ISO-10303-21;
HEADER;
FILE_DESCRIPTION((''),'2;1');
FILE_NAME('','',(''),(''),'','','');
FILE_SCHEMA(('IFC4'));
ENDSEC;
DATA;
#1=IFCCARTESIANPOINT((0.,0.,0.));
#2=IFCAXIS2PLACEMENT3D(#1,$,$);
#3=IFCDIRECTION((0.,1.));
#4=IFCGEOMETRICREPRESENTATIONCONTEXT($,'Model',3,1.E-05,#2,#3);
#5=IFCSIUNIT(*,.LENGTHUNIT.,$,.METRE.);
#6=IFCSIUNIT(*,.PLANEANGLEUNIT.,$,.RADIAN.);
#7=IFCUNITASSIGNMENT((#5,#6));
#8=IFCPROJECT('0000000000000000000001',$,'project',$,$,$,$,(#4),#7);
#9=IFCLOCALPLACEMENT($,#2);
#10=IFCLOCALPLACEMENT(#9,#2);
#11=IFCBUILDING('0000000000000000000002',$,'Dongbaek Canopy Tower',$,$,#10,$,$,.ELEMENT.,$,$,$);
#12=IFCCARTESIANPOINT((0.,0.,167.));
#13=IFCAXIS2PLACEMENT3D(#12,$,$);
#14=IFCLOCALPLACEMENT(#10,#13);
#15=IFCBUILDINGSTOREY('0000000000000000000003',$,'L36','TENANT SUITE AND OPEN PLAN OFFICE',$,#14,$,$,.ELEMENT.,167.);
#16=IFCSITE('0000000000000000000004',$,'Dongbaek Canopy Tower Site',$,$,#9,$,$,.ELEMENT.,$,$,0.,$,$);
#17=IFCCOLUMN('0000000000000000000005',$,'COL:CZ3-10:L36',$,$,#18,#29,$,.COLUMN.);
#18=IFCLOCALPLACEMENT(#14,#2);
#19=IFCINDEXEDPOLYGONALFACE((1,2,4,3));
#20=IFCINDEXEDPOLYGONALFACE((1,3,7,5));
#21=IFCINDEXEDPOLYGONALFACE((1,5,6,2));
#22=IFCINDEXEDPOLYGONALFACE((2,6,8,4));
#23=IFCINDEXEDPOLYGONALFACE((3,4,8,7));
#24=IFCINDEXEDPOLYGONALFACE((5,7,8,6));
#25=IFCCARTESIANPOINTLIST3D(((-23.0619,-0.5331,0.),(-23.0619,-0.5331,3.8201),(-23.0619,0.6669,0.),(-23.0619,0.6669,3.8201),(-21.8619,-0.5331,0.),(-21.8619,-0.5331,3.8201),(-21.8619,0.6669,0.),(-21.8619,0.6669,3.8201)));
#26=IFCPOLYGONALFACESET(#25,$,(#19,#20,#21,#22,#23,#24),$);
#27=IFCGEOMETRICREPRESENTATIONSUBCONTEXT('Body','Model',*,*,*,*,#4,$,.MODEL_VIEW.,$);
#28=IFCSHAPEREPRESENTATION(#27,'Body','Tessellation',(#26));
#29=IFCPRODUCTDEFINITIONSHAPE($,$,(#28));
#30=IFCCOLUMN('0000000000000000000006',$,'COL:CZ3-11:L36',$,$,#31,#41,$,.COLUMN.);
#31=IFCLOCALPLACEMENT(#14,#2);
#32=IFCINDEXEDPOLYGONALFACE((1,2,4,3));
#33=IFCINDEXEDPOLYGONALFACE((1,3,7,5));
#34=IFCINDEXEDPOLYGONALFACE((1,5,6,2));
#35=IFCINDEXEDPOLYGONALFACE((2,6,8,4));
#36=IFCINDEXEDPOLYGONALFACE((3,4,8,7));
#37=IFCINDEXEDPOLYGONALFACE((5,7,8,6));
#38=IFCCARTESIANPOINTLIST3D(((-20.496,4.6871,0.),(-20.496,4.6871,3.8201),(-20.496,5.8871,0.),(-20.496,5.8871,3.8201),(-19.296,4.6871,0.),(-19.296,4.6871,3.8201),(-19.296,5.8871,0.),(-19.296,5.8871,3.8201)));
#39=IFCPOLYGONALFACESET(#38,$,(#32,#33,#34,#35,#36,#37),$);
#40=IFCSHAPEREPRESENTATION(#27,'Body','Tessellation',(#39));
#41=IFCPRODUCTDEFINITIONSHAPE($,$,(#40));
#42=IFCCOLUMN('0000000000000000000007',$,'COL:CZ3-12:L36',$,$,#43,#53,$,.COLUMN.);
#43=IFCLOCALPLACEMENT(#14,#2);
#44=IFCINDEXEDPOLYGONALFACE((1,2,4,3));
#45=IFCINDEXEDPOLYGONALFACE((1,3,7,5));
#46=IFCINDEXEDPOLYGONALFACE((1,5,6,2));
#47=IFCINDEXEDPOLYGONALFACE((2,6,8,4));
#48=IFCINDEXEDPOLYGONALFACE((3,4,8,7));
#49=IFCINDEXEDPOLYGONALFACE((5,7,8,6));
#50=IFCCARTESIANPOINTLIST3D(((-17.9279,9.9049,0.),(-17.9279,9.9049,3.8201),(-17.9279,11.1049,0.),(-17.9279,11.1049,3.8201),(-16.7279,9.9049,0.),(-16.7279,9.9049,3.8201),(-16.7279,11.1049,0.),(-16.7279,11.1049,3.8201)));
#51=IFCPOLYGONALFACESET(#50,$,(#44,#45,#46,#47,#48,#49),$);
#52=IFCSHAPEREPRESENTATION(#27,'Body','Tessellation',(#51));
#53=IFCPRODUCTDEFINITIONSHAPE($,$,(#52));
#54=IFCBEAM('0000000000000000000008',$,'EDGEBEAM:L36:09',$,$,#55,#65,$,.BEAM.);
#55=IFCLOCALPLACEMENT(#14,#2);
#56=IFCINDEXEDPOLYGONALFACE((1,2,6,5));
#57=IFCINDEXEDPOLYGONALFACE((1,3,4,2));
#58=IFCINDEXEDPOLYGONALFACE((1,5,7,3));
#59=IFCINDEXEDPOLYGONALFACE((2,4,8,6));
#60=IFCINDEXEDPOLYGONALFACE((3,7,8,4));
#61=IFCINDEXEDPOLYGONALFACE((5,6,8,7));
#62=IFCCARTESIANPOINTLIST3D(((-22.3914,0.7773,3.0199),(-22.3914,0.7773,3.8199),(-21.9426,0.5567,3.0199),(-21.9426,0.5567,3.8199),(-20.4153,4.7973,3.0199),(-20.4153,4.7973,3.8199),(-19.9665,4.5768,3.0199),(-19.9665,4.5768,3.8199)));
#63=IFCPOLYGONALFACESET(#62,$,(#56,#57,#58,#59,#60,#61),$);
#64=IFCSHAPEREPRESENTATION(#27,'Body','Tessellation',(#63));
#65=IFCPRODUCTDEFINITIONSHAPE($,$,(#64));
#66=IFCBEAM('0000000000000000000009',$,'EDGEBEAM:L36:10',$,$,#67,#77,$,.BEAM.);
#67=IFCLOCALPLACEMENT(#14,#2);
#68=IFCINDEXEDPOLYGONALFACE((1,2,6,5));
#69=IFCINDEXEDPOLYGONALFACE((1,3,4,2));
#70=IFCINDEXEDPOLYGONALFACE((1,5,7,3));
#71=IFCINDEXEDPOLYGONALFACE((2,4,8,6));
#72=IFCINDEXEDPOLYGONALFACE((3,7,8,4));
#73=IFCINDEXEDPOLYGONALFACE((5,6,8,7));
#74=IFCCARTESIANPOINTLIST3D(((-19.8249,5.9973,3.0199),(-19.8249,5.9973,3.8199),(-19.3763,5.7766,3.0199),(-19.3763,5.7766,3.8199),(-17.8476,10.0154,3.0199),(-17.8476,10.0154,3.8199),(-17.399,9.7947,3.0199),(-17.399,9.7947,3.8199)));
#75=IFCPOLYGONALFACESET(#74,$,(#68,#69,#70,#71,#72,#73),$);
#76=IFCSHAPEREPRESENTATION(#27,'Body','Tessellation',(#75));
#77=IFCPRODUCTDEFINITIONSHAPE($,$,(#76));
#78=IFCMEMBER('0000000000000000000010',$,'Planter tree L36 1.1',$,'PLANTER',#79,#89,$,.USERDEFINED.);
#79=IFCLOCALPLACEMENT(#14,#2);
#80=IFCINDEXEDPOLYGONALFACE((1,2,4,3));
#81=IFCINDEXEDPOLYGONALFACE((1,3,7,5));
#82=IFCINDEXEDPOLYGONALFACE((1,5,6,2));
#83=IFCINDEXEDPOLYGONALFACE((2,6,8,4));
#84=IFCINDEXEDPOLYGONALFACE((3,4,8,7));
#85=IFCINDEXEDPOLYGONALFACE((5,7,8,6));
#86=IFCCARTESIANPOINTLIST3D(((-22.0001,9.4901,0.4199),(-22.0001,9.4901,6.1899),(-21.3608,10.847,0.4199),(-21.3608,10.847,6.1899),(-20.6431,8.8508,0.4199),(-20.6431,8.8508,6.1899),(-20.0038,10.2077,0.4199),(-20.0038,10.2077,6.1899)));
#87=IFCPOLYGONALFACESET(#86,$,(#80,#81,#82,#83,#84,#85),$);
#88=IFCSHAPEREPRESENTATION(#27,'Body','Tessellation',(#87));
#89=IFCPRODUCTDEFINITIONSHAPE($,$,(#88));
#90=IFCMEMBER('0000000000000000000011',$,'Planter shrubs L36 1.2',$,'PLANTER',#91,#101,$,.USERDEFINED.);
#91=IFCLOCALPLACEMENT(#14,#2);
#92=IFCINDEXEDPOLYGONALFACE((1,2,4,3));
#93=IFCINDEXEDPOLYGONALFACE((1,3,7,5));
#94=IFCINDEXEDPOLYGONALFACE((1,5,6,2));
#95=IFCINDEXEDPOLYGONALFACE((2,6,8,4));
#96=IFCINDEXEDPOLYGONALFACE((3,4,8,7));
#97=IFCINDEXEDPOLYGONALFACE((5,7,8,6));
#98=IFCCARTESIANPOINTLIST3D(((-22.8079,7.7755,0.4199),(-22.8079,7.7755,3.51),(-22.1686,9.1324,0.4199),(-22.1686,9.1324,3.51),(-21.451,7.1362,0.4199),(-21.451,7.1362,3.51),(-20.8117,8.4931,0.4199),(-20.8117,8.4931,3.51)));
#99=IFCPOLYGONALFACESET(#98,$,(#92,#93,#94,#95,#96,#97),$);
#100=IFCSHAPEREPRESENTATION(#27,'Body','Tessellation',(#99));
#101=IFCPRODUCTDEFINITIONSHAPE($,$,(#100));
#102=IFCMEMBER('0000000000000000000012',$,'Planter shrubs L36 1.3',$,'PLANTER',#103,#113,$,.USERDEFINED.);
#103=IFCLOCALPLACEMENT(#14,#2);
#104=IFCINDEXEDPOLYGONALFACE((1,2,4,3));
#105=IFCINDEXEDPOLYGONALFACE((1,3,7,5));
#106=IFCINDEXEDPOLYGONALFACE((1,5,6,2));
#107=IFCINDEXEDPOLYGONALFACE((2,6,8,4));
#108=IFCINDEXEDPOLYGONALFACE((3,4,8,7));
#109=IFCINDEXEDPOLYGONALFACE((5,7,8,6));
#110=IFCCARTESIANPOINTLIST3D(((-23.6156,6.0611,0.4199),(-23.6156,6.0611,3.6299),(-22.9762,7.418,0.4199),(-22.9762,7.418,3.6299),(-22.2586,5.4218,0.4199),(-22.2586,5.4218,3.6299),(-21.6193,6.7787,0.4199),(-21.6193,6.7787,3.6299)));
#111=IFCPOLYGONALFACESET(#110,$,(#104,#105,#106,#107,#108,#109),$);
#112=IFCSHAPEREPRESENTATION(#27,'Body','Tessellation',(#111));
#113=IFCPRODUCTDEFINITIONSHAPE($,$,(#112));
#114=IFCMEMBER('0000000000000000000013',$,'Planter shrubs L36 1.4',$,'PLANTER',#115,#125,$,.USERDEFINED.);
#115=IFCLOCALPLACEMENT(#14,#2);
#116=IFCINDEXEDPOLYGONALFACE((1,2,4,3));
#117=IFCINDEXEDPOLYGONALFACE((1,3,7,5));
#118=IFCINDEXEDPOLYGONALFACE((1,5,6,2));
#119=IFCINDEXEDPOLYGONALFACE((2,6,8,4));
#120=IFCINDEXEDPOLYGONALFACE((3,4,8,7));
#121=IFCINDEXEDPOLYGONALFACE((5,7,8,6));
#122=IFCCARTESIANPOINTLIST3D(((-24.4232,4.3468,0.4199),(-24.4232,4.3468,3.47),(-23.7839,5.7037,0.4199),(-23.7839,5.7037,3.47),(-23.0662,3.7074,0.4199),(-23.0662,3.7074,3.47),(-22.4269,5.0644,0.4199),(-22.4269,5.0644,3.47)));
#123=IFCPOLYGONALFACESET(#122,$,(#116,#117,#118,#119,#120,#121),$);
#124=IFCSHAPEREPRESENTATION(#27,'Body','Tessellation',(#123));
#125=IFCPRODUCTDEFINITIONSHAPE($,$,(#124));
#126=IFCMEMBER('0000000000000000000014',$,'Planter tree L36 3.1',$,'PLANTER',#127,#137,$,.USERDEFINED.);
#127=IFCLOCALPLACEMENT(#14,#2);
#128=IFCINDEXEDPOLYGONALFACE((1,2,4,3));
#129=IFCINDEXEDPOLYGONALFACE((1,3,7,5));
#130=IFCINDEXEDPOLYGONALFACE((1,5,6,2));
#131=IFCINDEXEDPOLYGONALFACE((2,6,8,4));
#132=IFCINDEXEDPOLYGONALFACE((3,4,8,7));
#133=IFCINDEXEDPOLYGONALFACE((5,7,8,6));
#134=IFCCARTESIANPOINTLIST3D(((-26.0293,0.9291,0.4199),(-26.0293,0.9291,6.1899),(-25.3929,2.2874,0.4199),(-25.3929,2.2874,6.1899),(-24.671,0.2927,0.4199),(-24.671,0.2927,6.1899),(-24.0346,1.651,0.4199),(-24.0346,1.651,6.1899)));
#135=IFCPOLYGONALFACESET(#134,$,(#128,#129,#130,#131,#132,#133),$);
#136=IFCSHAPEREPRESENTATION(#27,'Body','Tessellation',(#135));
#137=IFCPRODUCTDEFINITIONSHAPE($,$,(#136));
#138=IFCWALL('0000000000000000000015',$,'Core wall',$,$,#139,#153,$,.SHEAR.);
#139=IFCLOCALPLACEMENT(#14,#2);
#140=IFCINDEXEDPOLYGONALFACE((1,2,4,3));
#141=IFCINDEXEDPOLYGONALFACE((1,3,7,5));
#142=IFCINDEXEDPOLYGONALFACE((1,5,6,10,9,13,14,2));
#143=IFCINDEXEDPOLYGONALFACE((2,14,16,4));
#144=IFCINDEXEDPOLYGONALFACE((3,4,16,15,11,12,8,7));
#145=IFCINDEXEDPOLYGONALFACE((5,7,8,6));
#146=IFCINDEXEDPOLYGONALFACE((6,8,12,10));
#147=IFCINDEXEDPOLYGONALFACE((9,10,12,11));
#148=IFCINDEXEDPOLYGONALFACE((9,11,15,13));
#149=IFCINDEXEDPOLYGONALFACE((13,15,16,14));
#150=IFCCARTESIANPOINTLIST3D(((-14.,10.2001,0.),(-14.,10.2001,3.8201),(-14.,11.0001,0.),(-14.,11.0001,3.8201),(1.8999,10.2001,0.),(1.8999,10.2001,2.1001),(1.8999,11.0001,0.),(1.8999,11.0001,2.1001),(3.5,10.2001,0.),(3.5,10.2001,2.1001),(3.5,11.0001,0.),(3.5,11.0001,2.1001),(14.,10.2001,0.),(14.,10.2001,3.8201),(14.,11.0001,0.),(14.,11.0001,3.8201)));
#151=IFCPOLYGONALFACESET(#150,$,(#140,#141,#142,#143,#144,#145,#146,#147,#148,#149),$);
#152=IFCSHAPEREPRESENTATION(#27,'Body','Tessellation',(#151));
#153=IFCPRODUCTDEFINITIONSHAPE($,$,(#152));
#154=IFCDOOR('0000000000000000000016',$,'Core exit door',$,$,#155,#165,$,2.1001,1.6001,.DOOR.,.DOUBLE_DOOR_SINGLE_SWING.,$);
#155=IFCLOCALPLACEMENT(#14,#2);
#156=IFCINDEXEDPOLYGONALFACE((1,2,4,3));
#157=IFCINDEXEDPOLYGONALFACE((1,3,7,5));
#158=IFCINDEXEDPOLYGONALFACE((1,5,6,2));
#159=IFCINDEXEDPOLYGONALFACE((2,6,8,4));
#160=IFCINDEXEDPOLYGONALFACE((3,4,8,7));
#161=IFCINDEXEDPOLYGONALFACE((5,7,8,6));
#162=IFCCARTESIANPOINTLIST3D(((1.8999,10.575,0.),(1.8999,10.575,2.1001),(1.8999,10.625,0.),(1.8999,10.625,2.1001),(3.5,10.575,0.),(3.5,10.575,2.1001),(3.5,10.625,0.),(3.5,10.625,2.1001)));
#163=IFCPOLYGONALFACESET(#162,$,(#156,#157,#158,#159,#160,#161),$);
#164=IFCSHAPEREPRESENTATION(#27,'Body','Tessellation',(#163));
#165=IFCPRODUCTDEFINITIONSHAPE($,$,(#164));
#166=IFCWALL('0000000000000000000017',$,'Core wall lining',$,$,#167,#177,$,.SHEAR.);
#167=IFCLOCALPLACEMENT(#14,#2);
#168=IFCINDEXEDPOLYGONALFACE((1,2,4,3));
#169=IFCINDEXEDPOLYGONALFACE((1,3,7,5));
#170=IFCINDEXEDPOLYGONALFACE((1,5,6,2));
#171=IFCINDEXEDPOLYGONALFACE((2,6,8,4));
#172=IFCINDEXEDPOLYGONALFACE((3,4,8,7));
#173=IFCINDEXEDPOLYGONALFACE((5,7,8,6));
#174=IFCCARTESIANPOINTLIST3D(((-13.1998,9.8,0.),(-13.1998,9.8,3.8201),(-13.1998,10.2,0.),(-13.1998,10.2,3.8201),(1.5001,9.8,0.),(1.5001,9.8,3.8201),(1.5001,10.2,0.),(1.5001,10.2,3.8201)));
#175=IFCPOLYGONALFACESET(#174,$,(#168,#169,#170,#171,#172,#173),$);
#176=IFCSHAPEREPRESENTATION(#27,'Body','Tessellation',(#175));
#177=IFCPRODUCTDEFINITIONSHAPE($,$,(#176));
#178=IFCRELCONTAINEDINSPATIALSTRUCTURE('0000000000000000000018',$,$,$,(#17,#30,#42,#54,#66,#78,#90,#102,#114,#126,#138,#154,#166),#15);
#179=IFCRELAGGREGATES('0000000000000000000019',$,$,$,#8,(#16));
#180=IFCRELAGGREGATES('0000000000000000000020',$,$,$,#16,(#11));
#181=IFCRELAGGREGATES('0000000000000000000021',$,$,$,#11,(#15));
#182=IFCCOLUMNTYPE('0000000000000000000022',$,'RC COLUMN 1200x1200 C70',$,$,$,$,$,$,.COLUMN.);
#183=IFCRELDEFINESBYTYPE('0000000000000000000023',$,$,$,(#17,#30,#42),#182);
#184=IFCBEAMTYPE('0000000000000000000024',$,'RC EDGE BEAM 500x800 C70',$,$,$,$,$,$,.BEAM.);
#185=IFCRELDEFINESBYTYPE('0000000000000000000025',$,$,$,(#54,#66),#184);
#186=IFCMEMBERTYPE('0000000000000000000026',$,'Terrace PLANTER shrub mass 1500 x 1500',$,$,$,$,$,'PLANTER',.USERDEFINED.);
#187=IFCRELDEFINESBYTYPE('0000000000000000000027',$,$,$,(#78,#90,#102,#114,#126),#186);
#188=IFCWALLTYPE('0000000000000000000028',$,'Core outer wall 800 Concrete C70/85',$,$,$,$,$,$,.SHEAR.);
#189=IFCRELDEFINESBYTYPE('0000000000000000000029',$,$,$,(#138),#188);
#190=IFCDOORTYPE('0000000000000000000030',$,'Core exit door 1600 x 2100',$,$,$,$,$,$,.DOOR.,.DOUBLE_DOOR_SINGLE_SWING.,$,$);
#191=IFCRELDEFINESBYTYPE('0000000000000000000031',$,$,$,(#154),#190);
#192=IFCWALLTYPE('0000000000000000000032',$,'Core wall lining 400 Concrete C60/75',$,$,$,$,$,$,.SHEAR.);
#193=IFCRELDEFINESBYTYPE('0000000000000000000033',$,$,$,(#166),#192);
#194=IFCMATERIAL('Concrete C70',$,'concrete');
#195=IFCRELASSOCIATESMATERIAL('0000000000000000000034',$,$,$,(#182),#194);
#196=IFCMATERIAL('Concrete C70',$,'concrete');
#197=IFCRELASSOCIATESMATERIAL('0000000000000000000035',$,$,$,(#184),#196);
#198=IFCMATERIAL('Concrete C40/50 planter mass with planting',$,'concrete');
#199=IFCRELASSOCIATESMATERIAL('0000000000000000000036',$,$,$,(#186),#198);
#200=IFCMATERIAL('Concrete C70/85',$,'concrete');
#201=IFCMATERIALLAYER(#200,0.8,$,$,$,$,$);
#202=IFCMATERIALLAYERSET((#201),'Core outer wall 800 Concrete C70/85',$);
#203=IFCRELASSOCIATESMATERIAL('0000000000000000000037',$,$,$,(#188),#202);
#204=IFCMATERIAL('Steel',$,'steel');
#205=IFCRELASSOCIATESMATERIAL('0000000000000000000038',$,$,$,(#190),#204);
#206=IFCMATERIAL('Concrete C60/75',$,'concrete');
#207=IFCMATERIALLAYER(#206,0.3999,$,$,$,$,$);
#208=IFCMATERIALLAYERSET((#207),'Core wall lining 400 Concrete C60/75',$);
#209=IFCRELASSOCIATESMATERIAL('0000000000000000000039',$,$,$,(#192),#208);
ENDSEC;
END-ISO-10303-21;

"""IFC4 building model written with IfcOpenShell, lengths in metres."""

from ifc_helpers import new_model, si_unit, direction, frame, frame_2d, origin, origin_2d, place, context, subcontext, project, spatial, rectangle, extrude, material, layer, layer_set, material_profile, profile_set, type_object, element, fill, save


model = new_model("IFC4")

# Units and contexts
model_context = context("Model", 3, precision=1e-05, world=origin(), true_north=direction((0.0, 1.0)))
body_context = subcontext(model_context, "Body", "Model", "MODEL_VIEW")
ifc_project = project(units=[si_unit("LENGTHUNIT", "METRE"), si_unit("PLANEANGLEUNIT", "RADIAN")], contexts=[model_context])

# Site, building, storey
site_placement = place(None, origin())
site = spatial("IfcSite", under=ifc_project, at=site_placement, Name="Dongbaek Canopy Tower Site", CompositionType="ELEMENT", RefElevation=0.0)
building_placement = place(site_placement, origin())
building = spatial("IfcBuilding", under=site, at=building_placement, Name="Dongbaek Canopy Tower", CompositionType="ELEMENT")
storey_placement = place(building_placement, frame((0.0, 0.0, 167.0)))
storey = spatial("IfcBuildingStorey", under=building, at=storey_placement, Name="L36", Description="TENANT SUITE AND OPEN PLAN OFFICE", CompositionType="ELEMENT", Elevation=167.0)

# Columns
ifc_material_1 = material(Name="Concrete C70", Category="concrete")
ifc_material_profile_1 = material_profile(ifc_material_1, rectangle(XDim=1.2, YDim=1.2, at=origin_2d()), Name="RC COLUMN 1200x1200 C70")
ifc_profile_set_1 = profile_set([ifc_material_profile_1], Name="Concrete C70")
column_type = type_object("IfcColumnType", Name="RC COLUMN 1200x1200 C70", PredefinedType="COLUMN", material=ifc_profile_set_1)
for number, where, z_axis, x_axis, name in (
    (1, (-22.4619, 0.0669, 0.0), (0.0, 0.0, 1.0), (1.0, 0.0, 0.0), "COL:CZ3-10:L36"),
    (2, (-19.896, 5.2871, 0.0), (0.0, 0.0, 1.0), (1.0, 0.0, 0.0), "COL:CZ3-11:L36"),
    (3, (-17.3279, 10.5049, 0.0), (0.0, 0.0, 1.0), (1.0, 0.0, 0.0), "COL:CZ3-12:L36"),
):
    element("IfcColumn", number, at=place(storey_placement, frame(where, z_axis=z_axis, x_axis=x_axis)), inside=storey, type_object=column_type, Name=name, PredefinedType="COLUMN", context=body_context, shape_type="SweptSolid", body=[
        extrude(rectangle(XDim=1.2, YDim=1.2, at=origin_2d()), origin(), (0.0, 0.0, 1.0), 3.8201),
    ])

# Beams
ifc_material_2 = material(Name="Concrete C70", Category="concrete")
ifc_material_profile_2 = material_profile(ifc_material_2, rectangle(XDim=0.5, YDim=0.8, at=origin_2d()), Name="RC EDGE BEAM 500x800 C70")
ifc_profile_set_2 = profile_set([ifc_material_profile_2], Name="Concrete C70")
beam_type = type_object("IfcBeamType", Name="RC EDGE BEAM 500x800 C70", PredefinedType="BEAM", material=ifc_profile_set_2)
beam_1_placement = place(storey_placement, frame((-22.167, 0.667, 3.4199), z_axis=(0.441143, 0.897437, 0.0), x_axis=(-0.897437, 0.441143, 0.0)))
element("IfcBeam", 4, at=beam_1_placement, inside=storey, type_object=beam_type, Name="EDGEBEAM:L36:09", PredefinedType="BEAM", context=body_context, shape_type="SweptSolid", body=[
    extrude(rectangle(XDim=0.5, YDim=0.8, at=origin_2d()), origin(), (0.0, 0.0, 1.0), 4.4795),
])
beam_2_placement = place(storey_placement, frame((-19.6006, 5.887, 3.4199), z_axis=(0.441535, 0.897244, 0.0), x_axis=(-0.897244, 0.441535, 0.0)))
element("IfcBeam", 5, at=beam_2_placement, inside=storey, type_object=beam_type, Name="EDGEBEAM:L36:10", PredefinedType="BEAM", context=body_context, shape_type="SweptSolid", body=[
    extrude(rectangle(XDim=0.5, YDim=0.8, at=origin_2d()), origin(), (0.0, 0.0, 1.0), 4.4783),
])

# Members
ifc_material_3 = material(Name="Concrete C40/50 planter mass with planting", Category="concrete")
ifc_material_profile_3 = material_profile(ifc_material_3, rectangle(XDim=1.5, YDim=1.5, at=origin_2d()), Name="Terrace PLANTER shrub mass 1500 x 1500")
ifc_profile_set_3 = profile_set([ifc_material_profile_3], Name="Concrete C40/50 planter mass with planting")
member_type = type_object("IfcMemberType", Name="Terrace PLANTER shrub mass 1500 x 1500", ElementType="PLANTER", PredefinedType="USERDEFINED", material=ifc_profile_set_3)
member_1_placement = place(storey_placement, frame((-21.002, 9.8489, 0.4199), z_axis=(0.0, 0.0, 1.0), x_axis=(-0.904626, 0.426207, 0.0)))
element("IfcMember", 6, at=member_1_placement, inside=storey, type_object=member_type, Name="Planter tree L36 1.1", ObjectType="PLANTER", PredefinedType="USERDEFINED", context=body_context, shape_type="SweptSolid", body=[
    extrude(rectangle(XDim=1.5, YDim=1.5, at=origin_2d()), origin(), (0.0, 0.0, 1.0), 5.77),
])
member_2_placement = place(storey_placement, frame((-21.8098, 8.1343, 0.4199), z_axis=(0.0, 0.0, 1.0), x_axis=(-0.904626, 0.426207, 0.0)))
element("IfcMember", 7, at=member_2_placement, inside=storey, type_object=member_type, Name="Planter shrubs L36 1.2", ObjectType="PLANTER", PredefinedType="USERDEFINED", context=body_context, shape_type="SweptSolid", body=[
    extrude(rectangle(XDim=1.5, YDim=1.5, at=origin_2d()), origin(), (0.0, 0.0, 1.0), 3.0901),
])
member_3_placement = place(storey_placement, frame((-22.6174, 6.4199, 0.4199), z_axis=(0.0, 0.0, 1.0), x_axis=(-0.904626, 0.426207, 0.0)))
element("IfcMember", 8, at=member_3_placement, inside=storey, type_object=member_type, Name="Planter shrubs L36 1.3", ObjectType="PLANTER", PredefinedType="USERDEFINED", context=body_context, shape_type="SweptSolid", body=[
    extrude(rectangle(XDim=1.5, YDim=1.5, at=origin_2d()), origin(), (0.0, 0.0, 1.0), 3.21),
])
member_4_placement = place(storey_placement, frame((-23.425, 4.7056, 0.4199), z_axis=(0.0, 0.0, 1.0), x_axis=(-0.904626, 0.426207, 0.0)))
element("IfcMember", 9, at=member_4_placement, inside=storey, type_object=member_type, Name="Planter shrubs L36 1.4", ObjectType="PLANTER", PredefinedType="USERDEFINED", context=body_context, shape_type="SweptSolid", body=[
    extrude(rectangle(XDim=1.5, YDim=1.5, at=origin_2d()), origin(), (0.0, 0.0, 1.0), 3.05),
])
member_5_placement = place(storey_placement, frame((-25.032, 1.29, 0.4199), z_axis=(0.0, 0.0, 1.0), x_axis=(-0.905534, 0.424273, 0.0)))
element("IfcMember", 10, at=member_5_placement, inside=storey, type_object=member_type, Name="Planter tree L36 3.1", ObjectType="PLANTER", PredefinedType="USERDEFINED", context=body_context, shape_type="SweptSolid", body=[
    extrude(rectangle(XDim=1.5, YDim=1.5, at=origin_2d()), origin(), (0.0, 0.0, 1.0), 5.77),
])

# Wall, opening, door
ifc_material_4 = material(Name="Concrete C70/85", Category="concrete")
ifc_layer_1 = layer(ifc_material_4, 0.8)
ifc_layer_set_1 = layer_set([ifc_layer_1], Name="Core outer wall 800 Concrete C70/85")
wall_type_1 = type_object("IfcWallType", Name="Core outer wall 800 Concrete C70/85", PredefinedType="SHEAR", material=ifc_layer_set_1)
wall_1_placement = place(storey_placement, frame((-14.0, 10.6001, 0.0), z_axis=(0.0, 0.0, 1.0), x_axis=(1.0, 0.0, 0.0)))
wall_1 = element("IfcWall", 11, at=wall_1_placement, inside=storey, type_object=wall_type_1, Name="Core wall", PredefinedType="SHEAR", context=body_context, shape_type="SweptSolid", body=[
    extrude(rectangle(XDim=28.0, YDim=0.8, at=frame_2d((14.0, 0.0))), origin(), (0.0, 0.0, 1.0), 3.8201),
])
opening_1_placement = place(wall_1_placement, frame((15.8999, 0.0, 0.0)))
opening_1 = element("IfcOpeningElement", 12, at=opening_1_placement, cuts=wall_1, PredefinedType="OPENING", context=body_context, shape_type="SweptSolid", body=[
    extrude(rectangle(XDim=1.6001, YDim=2.1001, at=frame_2d((0.8, 1.05))), frame((0.0, 0.4099, 0.0), z_axis=(0.0, -1.0, 0.0), x_axis=(1.0, 0.0, 0.0)), (0.0, 0.0, 1.0), 0.8201),
])
ifc_material_5 = material(Name="Steel", Category="steel")
door_type_1 = type_object("IfcDoorType", Name="Core exit door 1600 x 2100", OperationType="DOUBLE_DOOR_SINGLE_SWING", PredefinedType="DOOR", material=ifc_material_5)
door_1_placement = place(opening_1_placement, origin())
door_1 = element("IfcDoor", 13, at=door_1_placement, inside=storey, type_object=door_type_1, Name="Core exit door", OperationType="DOUBLE_DOOR_SINGLE_SWING", OverallHeight=2.1001, OverallWidth=1.6001, PredefinedType="DOOR", context=body_context, shape_type="SweptSolid", body=[
    extrude(rectangle(XDim=1.6001, YDim=2.1001, at=frame_2d((0.8, 1.05))), frame((0.0, 0.0249, 0.0), z_axis=(0.0, -1.0, 0.0), x_axis=(1.0, 0.0, 0.0)), (0.0, 0.0, 1.0), 0.05),
])
fill(opening_1, door_1)

# Wall
ifc_material_6 = material(Name="Concrete C60/75", Category="concrete")
ifc_layer_2 = layer(ifc_material_6, 0.3999)
ifc_layer_set_2 = layer_set([ifc_layer_2], Name="Core wall lining 400 Concrete C60/75")
wall_type_2 = type_object("IfcWallType", Name="Core wall lining 400 Concrete C60/75", PredefinedType="SHEAR", material=ifc_layer_set_2)
wall_2_placement = place(storey_placement, frame((-13.2, 10.0, 0.0), z_axis=(0.0, 0.0, 1.0), x_axis=(1.0, 0.0, 0.0)))
element("IfcWall", 14, at=wall_2_placement, inside=storey, type_object=wall_type_2, Name="Core wall lining", PredefinedType="SHEAR", context=body_context, shape_type="SweptSolid", body=[
    extrude(rectangle(XDim=14.7, YDim=0.3999, at=frame_2d((7.3501, 0.0))), origin(), (0.0, 0.0, 1.0), 3.8201),
])

save(model, "model.ifc")
